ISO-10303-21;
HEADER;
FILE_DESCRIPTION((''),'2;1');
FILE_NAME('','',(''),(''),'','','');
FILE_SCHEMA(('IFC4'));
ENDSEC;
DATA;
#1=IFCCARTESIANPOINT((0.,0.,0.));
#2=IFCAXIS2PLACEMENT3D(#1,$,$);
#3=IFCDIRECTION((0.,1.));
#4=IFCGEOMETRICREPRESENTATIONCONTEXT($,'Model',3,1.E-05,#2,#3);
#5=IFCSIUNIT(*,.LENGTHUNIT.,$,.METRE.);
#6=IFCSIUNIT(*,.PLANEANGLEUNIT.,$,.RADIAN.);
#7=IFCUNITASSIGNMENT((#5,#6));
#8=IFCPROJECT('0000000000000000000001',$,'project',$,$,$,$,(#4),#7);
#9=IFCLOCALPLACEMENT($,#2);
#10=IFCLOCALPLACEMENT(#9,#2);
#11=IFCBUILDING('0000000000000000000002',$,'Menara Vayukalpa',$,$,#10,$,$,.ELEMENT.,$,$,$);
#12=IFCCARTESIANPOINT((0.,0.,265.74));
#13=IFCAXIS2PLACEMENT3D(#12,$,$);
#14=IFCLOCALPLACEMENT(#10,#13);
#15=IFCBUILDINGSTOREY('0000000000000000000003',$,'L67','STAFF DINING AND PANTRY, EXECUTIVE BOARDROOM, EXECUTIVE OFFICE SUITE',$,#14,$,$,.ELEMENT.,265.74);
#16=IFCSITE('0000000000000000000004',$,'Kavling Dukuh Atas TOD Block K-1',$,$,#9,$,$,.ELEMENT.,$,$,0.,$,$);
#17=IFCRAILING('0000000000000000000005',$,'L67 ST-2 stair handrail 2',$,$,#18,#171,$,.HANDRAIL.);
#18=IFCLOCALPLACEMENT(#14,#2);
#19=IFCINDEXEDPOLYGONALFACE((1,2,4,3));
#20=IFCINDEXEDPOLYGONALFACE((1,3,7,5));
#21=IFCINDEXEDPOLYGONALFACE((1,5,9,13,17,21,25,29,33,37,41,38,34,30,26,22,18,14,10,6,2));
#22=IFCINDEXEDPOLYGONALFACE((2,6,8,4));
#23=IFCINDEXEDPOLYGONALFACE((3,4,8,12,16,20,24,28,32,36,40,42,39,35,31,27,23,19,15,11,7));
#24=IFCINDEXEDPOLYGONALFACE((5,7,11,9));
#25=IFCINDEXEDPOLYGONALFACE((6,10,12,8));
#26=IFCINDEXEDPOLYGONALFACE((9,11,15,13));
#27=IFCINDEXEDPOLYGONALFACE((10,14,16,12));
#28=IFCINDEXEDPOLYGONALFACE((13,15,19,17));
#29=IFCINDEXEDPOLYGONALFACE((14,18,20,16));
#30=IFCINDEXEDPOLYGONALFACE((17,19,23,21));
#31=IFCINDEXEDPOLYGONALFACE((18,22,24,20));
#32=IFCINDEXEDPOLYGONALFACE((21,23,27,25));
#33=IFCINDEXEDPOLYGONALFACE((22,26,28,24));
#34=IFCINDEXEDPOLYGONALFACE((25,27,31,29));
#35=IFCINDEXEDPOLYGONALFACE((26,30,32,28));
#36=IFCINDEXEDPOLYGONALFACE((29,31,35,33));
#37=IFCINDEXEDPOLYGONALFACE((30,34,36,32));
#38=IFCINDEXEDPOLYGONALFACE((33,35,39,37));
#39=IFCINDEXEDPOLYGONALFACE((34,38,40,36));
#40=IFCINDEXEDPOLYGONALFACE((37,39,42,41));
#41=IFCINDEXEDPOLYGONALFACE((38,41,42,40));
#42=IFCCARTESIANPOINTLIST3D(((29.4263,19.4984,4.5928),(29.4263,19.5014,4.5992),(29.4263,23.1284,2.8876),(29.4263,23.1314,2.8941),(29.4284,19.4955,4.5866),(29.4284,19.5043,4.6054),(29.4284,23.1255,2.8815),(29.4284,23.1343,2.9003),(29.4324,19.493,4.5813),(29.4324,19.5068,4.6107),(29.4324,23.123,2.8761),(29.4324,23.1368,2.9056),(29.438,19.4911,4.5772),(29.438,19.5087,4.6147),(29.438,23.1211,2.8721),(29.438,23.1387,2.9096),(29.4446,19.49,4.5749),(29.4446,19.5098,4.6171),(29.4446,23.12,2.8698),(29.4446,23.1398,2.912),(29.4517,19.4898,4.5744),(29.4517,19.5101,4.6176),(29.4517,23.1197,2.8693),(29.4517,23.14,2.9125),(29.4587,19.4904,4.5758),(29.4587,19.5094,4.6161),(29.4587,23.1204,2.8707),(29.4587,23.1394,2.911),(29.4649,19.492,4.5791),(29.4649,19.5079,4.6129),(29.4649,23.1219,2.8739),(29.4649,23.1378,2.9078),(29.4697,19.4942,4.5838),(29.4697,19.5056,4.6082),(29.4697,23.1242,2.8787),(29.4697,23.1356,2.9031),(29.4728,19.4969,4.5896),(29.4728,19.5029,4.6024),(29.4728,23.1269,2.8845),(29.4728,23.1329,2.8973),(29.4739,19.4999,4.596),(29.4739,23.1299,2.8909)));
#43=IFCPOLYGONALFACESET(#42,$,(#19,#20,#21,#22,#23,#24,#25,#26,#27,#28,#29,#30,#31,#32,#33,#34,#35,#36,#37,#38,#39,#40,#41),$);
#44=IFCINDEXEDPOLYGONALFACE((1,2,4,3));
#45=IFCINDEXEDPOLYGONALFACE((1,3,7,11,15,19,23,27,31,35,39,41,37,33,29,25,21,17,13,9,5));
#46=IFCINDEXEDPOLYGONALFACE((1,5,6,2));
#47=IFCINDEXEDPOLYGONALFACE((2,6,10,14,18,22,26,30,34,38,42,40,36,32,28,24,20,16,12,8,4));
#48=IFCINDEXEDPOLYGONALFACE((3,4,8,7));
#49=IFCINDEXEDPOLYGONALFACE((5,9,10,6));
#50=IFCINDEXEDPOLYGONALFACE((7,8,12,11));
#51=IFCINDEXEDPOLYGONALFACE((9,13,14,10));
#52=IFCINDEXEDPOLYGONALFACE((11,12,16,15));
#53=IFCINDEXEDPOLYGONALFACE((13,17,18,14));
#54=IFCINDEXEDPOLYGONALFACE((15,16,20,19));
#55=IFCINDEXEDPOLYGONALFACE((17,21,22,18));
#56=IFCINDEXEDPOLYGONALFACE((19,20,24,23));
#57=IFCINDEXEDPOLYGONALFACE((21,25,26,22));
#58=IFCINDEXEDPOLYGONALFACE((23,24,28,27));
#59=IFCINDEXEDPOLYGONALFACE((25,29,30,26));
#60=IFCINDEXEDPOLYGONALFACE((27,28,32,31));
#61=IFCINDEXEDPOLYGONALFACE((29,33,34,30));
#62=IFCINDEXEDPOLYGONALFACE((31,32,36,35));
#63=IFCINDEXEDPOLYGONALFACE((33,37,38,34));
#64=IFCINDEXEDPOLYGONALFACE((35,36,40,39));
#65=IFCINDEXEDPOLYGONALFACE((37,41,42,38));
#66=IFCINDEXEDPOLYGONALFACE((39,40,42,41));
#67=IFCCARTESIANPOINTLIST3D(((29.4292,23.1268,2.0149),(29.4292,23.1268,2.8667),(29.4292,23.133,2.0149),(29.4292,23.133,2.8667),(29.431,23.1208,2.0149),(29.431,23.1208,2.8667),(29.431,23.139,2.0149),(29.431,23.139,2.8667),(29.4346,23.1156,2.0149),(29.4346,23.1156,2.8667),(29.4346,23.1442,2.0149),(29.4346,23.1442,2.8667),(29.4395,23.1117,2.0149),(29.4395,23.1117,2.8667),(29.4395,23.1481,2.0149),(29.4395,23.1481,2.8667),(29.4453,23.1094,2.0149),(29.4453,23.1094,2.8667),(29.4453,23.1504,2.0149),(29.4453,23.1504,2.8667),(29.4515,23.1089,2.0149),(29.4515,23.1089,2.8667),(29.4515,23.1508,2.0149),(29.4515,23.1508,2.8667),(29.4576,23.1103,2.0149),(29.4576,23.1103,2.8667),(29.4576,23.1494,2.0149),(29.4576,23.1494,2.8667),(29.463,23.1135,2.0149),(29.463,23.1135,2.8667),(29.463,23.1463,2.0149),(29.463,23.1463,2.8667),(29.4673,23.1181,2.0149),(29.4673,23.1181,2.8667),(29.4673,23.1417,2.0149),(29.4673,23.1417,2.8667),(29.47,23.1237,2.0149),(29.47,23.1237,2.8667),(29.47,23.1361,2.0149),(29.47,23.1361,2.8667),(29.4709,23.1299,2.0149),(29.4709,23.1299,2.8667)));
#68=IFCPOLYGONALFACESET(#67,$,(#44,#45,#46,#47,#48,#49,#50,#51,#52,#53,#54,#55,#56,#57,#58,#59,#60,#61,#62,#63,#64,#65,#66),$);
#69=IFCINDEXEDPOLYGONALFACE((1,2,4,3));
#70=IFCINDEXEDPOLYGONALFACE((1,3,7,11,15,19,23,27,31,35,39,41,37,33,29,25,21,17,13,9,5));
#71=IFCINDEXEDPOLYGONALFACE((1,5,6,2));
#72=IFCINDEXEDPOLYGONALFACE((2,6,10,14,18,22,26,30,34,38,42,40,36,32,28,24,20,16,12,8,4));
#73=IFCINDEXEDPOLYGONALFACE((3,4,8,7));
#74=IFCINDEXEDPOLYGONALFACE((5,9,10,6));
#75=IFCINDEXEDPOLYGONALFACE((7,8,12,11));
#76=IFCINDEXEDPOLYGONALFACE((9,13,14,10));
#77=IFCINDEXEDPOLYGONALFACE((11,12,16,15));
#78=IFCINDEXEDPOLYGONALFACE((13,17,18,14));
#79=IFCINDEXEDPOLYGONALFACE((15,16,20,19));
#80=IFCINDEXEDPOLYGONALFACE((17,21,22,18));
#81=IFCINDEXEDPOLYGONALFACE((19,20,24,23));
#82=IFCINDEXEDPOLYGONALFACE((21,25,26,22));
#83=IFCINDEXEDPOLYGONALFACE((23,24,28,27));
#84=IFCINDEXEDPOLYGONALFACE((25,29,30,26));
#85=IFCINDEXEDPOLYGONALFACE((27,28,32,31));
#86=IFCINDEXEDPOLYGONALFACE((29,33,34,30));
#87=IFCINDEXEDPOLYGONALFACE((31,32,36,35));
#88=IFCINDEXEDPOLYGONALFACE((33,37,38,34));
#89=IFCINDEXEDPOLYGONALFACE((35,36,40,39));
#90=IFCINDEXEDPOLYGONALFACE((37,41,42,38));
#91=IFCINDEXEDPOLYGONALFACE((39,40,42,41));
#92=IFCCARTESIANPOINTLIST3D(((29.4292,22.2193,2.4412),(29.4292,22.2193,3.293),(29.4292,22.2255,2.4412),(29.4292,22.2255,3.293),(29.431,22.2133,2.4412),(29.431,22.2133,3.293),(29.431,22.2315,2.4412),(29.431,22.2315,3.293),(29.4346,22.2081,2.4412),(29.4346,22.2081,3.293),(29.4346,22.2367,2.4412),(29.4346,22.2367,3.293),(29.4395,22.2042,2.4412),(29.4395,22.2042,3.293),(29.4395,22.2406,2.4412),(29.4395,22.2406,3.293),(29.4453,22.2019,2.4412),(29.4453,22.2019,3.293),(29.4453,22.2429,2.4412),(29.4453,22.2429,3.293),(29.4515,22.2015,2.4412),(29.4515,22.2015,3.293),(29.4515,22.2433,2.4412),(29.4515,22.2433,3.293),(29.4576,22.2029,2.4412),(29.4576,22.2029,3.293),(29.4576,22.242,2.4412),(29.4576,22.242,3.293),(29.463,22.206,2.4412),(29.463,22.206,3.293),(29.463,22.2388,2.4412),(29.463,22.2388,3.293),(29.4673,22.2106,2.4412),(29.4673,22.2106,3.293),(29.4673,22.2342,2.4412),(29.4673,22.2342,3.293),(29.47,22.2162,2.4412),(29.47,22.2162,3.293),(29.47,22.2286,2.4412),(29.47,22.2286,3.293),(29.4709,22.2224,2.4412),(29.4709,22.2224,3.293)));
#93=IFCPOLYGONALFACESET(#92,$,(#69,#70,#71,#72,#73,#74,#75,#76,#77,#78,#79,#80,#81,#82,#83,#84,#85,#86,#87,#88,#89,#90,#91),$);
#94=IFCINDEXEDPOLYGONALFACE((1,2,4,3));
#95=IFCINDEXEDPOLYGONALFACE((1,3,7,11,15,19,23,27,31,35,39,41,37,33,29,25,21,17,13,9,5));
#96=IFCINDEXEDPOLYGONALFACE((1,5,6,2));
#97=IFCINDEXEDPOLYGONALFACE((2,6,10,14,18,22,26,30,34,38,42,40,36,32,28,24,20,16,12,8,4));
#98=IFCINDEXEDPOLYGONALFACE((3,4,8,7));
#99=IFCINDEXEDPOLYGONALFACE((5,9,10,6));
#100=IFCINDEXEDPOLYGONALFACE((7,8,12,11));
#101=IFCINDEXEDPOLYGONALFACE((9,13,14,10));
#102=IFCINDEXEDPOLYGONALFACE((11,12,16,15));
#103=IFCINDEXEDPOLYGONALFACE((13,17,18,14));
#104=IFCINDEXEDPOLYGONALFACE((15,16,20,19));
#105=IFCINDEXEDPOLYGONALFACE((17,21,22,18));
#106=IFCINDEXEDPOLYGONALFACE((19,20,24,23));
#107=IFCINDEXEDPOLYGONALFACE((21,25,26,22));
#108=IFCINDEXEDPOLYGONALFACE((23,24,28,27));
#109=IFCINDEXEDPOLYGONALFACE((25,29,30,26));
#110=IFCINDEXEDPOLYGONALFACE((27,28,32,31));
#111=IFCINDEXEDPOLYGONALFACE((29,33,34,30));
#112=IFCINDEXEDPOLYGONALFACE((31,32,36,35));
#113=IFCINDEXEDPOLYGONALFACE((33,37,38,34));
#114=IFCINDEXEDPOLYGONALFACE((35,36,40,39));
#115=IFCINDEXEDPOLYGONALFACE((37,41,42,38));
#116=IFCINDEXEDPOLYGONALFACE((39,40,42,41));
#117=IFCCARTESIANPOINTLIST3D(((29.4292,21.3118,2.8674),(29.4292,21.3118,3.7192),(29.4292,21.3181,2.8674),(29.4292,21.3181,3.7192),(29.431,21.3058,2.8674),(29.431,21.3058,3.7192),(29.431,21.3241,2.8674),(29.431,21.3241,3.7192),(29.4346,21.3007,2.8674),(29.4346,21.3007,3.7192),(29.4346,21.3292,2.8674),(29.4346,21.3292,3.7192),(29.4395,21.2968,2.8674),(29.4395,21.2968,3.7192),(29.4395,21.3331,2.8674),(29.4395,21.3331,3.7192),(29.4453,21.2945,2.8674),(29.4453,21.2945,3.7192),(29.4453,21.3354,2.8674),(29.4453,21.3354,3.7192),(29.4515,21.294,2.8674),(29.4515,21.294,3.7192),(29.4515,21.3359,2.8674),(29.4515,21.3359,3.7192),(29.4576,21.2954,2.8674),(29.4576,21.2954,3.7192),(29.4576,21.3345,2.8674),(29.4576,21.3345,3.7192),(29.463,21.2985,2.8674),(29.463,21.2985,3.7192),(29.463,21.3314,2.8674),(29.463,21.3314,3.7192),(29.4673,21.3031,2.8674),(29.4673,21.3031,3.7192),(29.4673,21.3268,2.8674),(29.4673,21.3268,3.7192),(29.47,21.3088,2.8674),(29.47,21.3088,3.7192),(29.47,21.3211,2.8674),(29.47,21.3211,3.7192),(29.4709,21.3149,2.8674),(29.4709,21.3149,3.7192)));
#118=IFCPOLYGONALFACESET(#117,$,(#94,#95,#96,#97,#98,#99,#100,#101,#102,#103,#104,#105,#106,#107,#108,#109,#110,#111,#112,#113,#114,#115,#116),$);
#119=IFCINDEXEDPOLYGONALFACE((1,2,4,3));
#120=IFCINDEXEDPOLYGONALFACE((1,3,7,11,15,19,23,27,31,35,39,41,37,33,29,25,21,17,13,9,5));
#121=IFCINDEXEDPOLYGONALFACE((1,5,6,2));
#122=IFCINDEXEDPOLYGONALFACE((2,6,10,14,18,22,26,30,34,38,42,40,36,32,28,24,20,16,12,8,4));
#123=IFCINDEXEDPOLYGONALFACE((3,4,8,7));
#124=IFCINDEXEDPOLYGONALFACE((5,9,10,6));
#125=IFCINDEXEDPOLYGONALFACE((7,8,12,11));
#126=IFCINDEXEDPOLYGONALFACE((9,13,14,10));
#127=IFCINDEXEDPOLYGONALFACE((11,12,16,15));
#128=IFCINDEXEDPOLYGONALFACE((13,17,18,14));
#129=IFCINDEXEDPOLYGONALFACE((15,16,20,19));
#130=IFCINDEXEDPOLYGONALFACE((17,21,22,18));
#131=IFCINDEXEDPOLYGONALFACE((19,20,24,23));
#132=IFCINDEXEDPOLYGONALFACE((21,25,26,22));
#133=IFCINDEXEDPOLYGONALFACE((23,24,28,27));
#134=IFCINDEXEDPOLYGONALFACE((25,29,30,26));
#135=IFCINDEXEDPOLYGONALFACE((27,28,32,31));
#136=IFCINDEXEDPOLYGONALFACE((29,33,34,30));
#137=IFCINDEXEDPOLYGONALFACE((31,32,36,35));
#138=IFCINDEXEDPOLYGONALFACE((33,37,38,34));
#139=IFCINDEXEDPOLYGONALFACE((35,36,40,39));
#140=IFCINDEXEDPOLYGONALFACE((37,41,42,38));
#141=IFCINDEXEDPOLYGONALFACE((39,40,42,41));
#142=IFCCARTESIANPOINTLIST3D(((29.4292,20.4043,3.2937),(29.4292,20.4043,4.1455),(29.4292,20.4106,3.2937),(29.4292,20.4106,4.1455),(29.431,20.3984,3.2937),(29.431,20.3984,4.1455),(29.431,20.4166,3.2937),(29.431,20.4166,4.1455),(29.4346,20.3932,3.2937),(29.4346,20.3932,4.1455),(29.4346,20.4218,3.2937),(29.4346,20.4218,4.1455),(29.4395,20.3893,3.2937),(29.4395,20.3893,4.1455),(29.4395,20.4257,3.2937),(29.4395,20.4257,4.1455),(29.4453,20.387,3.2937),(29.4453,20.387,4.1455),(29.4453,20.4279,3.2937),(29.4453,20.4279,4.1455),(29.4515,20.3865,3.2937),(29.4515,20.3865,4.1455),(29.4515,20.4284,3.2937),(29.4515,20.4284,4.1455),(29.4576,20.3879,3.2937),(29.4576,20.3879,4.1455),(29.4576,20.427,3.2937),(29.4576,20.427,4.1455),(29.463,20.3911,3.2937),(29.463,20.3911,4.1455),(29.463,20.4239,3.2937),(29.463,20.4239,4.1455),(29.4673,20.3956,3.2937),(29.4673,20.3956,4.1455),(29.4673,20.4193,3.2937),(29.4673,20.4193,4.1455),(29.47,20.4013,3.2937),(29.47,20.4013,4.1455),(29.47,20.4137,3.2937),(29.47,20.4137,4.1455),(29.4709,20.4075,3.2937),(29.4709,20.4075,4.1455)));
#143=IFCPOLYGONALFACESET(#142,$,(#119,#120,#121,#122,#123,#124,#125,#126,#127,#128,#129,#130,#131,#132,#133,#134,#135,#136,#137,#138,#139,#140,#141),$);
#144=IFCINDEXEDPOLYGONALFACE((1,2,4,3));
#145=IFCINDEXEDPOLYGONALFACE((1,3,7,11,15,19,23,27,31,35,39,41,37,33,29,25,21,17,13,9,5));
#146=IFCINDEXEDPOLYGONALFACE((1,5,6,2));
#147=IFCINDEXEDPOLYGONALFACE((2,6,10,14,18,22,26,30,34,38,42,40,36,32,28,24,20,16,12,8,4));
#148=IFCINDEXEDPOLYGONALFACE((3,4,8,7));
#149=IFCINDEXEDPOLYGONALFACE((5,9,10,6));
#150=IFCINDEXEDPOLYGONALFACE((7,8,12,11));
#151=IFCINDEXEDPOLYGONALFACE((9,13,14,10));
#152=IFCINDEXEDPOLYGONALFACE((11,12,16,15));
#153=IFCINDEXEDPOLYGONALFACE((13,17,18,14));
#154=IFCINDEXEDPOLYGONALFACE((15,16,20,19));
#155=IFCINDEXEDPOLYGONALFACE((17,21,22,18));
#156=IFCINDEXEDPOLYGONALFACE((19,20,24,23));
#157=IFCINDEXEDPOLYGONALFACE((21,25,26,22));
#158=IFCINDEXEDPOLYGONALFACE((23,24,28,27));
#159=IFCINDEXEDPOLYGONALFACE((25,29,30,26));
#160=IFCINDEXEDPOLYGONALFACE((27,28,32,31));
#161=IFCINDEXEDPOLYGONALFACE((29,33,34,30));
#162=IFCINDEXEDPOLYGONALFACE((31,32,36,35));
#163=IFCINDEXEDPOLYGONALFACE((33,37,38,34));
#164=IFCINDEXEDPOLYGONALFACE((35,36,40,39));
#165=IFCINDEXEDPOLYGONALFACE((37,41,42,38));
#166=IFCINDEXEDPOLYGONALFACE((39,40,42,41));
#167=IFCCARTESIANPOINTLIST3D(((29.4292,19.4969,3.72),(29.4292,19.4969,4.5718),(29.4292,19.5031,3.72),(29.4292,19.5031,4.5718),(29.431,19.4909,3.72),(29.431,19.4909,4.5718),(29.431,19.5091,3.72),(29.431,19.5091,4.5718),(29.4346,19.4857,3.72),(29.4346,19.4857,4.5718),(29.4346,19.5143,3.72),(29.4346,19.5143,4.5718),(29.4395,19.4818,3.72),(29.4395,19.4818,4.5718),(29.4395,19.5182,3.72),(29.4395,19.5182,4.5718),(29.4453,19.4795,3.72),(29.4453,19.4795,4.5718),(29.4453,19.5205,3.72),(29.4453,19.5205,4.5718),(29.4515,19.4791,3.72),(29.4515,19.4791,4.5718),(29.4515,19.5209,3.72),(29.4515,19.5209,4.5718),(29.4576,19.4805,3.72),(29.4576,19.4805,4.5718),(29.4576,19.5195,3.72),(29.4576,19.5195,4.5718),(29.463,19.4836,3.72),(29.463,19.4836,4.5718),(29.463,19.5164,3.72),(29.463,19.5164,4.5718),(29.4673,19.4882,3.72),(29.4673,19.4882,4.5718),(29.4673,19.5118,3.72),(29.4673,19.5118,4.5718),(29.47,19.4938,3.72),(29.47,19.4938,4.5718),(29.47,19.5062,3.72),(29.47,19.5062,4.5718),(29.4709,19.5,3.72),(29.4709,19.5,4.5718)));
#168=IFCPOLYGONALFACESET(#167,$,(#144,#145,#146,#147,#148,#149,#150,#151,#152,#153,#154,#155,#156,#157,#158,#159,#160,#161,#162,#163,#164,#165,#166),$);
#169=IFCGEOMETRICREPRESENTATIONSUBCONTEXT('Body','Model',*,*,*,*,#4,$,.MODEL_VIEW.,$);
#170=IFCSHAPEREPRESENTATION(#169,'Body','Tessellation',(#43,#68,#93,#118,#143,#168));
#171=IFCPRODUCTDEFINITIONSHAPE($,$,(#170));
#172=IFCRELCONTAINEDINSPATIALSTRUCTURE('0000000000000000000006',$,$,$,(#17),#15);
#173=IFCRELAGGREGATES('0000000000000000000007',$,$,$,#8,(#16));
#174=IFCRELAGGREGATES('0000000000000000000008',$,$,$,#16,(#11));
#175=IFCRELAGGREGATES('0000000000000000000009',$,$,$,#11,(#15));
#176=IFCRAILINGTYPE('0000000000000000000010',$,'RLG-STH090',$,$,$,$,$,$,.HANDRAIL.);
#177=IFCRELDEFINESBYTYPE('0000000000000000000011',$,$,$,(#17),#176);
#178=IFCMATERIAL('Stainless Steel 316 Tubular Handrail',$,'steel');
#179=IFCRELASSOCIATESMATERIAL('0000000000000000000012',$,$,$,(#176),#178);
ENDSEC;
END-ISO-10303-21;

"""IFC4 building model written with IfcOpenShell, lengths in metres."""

from ifc_helpers import new_model, si_unit, direction, frame, origin, origin_2d, place, context, subcontext, project, spatial, circle, extrude, material, type_object, element, save


model = new_model("IFC4")

# Units and contexts
model_context = context("Model", 3, precision=1e-05, world=origin(), true_north=direction((0.0, 1.0)))
body_context = subcontext(model_context, "Body", "Model", "MODEL_VIEW")
ifc_project = project(units=[si_unit("LENGTHUNIT", "METRE"), si_unit("PLANEANGLEUNIT", "RADIAN")], contexts=[model_context])

# Site, building, storey
site_placement = place(None, origin())
site = spatial("IfcSite", under=ifc_project, at=site_placement, Name="Kavling Dukuh Atas TOD Block K-1", CompositionType="ELEMENT", RefElevation=0.0)
building_placement = place(site_placement, origin())
building = spatial("IfcBuilding", under=site, at=building_placement, Name="Menara Vayukalpa", CompositionType="ELEMENT")
storey_placement = place(building_placement, frame((0.0, 0.0, 265.74)))
storey = spatial("IfcBuildingStorey", under=building, at=storey_placement, Name="L67", Description="STAFF DINING AND PANTRY, EXECUTIVE BOARDROOM, EXECUTIVE OFFICE SUITE", CompositionType="ELEMENT", Elevation=265.74)

# Railing
ifc_material_1 = material(Name="Stainless Steel 316 Tubular Handrail", Category="steel")
railing_type_1 = type_object("IfcRailingType", Name="RLG-STH090", PredefinedType="HANDRAIL", material=ifc_material_1)
railing_1_placement = place(storey_placement, frame((29.45, 23.1299, 2.0149)))
element("IfcRailing", 1, at=railing_1_placement, inside=storey, type_object=railing_type_1, Name="L67 ST-2 stair handrail 2", PredefinedType="HANDRAIL", context=body_context, shape_type="SweptSolid", body=[
    extrude(circle(Radius=0.0239, at=origin_2d()), frame((0.0, 0.0, 0.876), z_axis=(0.0, -0.905116, 0.425164), x_axis=(1.0, 0.0, 0.0)), (0.0, 0.0, 1.0), 4.0105),
    extrude(circle(Radius=0.021, at=origin_2d()), origin(), (0.0, 0.0, 1.0), 0.8518),
    extrude(circle(Radius=0.021, at=origin_2d()), frame((0.0, -0.9075, 0.4263)), (0.0, 0.0, 1.0), 0.8518),
    extrude(circle(Radius=0.021, at=origin_2d()), frame((0.0, -1.8149, 0.8525)), (0.0, 0.0, 1.0), 0.8518),
    extrude(circle(Radius=0.021, at=origin_2d()), frame((0.0, -2.7224, 1.2788)), (0.0, 0.0, 1.0), 0.8518),
    extrude(circle(Radius=0.021, at=origin_2d()), frame((0.0, -3.6299, 1.7051)), (0.0, 0.0, 1.0), 0.8518),
])

save(model, "model.ifc")
